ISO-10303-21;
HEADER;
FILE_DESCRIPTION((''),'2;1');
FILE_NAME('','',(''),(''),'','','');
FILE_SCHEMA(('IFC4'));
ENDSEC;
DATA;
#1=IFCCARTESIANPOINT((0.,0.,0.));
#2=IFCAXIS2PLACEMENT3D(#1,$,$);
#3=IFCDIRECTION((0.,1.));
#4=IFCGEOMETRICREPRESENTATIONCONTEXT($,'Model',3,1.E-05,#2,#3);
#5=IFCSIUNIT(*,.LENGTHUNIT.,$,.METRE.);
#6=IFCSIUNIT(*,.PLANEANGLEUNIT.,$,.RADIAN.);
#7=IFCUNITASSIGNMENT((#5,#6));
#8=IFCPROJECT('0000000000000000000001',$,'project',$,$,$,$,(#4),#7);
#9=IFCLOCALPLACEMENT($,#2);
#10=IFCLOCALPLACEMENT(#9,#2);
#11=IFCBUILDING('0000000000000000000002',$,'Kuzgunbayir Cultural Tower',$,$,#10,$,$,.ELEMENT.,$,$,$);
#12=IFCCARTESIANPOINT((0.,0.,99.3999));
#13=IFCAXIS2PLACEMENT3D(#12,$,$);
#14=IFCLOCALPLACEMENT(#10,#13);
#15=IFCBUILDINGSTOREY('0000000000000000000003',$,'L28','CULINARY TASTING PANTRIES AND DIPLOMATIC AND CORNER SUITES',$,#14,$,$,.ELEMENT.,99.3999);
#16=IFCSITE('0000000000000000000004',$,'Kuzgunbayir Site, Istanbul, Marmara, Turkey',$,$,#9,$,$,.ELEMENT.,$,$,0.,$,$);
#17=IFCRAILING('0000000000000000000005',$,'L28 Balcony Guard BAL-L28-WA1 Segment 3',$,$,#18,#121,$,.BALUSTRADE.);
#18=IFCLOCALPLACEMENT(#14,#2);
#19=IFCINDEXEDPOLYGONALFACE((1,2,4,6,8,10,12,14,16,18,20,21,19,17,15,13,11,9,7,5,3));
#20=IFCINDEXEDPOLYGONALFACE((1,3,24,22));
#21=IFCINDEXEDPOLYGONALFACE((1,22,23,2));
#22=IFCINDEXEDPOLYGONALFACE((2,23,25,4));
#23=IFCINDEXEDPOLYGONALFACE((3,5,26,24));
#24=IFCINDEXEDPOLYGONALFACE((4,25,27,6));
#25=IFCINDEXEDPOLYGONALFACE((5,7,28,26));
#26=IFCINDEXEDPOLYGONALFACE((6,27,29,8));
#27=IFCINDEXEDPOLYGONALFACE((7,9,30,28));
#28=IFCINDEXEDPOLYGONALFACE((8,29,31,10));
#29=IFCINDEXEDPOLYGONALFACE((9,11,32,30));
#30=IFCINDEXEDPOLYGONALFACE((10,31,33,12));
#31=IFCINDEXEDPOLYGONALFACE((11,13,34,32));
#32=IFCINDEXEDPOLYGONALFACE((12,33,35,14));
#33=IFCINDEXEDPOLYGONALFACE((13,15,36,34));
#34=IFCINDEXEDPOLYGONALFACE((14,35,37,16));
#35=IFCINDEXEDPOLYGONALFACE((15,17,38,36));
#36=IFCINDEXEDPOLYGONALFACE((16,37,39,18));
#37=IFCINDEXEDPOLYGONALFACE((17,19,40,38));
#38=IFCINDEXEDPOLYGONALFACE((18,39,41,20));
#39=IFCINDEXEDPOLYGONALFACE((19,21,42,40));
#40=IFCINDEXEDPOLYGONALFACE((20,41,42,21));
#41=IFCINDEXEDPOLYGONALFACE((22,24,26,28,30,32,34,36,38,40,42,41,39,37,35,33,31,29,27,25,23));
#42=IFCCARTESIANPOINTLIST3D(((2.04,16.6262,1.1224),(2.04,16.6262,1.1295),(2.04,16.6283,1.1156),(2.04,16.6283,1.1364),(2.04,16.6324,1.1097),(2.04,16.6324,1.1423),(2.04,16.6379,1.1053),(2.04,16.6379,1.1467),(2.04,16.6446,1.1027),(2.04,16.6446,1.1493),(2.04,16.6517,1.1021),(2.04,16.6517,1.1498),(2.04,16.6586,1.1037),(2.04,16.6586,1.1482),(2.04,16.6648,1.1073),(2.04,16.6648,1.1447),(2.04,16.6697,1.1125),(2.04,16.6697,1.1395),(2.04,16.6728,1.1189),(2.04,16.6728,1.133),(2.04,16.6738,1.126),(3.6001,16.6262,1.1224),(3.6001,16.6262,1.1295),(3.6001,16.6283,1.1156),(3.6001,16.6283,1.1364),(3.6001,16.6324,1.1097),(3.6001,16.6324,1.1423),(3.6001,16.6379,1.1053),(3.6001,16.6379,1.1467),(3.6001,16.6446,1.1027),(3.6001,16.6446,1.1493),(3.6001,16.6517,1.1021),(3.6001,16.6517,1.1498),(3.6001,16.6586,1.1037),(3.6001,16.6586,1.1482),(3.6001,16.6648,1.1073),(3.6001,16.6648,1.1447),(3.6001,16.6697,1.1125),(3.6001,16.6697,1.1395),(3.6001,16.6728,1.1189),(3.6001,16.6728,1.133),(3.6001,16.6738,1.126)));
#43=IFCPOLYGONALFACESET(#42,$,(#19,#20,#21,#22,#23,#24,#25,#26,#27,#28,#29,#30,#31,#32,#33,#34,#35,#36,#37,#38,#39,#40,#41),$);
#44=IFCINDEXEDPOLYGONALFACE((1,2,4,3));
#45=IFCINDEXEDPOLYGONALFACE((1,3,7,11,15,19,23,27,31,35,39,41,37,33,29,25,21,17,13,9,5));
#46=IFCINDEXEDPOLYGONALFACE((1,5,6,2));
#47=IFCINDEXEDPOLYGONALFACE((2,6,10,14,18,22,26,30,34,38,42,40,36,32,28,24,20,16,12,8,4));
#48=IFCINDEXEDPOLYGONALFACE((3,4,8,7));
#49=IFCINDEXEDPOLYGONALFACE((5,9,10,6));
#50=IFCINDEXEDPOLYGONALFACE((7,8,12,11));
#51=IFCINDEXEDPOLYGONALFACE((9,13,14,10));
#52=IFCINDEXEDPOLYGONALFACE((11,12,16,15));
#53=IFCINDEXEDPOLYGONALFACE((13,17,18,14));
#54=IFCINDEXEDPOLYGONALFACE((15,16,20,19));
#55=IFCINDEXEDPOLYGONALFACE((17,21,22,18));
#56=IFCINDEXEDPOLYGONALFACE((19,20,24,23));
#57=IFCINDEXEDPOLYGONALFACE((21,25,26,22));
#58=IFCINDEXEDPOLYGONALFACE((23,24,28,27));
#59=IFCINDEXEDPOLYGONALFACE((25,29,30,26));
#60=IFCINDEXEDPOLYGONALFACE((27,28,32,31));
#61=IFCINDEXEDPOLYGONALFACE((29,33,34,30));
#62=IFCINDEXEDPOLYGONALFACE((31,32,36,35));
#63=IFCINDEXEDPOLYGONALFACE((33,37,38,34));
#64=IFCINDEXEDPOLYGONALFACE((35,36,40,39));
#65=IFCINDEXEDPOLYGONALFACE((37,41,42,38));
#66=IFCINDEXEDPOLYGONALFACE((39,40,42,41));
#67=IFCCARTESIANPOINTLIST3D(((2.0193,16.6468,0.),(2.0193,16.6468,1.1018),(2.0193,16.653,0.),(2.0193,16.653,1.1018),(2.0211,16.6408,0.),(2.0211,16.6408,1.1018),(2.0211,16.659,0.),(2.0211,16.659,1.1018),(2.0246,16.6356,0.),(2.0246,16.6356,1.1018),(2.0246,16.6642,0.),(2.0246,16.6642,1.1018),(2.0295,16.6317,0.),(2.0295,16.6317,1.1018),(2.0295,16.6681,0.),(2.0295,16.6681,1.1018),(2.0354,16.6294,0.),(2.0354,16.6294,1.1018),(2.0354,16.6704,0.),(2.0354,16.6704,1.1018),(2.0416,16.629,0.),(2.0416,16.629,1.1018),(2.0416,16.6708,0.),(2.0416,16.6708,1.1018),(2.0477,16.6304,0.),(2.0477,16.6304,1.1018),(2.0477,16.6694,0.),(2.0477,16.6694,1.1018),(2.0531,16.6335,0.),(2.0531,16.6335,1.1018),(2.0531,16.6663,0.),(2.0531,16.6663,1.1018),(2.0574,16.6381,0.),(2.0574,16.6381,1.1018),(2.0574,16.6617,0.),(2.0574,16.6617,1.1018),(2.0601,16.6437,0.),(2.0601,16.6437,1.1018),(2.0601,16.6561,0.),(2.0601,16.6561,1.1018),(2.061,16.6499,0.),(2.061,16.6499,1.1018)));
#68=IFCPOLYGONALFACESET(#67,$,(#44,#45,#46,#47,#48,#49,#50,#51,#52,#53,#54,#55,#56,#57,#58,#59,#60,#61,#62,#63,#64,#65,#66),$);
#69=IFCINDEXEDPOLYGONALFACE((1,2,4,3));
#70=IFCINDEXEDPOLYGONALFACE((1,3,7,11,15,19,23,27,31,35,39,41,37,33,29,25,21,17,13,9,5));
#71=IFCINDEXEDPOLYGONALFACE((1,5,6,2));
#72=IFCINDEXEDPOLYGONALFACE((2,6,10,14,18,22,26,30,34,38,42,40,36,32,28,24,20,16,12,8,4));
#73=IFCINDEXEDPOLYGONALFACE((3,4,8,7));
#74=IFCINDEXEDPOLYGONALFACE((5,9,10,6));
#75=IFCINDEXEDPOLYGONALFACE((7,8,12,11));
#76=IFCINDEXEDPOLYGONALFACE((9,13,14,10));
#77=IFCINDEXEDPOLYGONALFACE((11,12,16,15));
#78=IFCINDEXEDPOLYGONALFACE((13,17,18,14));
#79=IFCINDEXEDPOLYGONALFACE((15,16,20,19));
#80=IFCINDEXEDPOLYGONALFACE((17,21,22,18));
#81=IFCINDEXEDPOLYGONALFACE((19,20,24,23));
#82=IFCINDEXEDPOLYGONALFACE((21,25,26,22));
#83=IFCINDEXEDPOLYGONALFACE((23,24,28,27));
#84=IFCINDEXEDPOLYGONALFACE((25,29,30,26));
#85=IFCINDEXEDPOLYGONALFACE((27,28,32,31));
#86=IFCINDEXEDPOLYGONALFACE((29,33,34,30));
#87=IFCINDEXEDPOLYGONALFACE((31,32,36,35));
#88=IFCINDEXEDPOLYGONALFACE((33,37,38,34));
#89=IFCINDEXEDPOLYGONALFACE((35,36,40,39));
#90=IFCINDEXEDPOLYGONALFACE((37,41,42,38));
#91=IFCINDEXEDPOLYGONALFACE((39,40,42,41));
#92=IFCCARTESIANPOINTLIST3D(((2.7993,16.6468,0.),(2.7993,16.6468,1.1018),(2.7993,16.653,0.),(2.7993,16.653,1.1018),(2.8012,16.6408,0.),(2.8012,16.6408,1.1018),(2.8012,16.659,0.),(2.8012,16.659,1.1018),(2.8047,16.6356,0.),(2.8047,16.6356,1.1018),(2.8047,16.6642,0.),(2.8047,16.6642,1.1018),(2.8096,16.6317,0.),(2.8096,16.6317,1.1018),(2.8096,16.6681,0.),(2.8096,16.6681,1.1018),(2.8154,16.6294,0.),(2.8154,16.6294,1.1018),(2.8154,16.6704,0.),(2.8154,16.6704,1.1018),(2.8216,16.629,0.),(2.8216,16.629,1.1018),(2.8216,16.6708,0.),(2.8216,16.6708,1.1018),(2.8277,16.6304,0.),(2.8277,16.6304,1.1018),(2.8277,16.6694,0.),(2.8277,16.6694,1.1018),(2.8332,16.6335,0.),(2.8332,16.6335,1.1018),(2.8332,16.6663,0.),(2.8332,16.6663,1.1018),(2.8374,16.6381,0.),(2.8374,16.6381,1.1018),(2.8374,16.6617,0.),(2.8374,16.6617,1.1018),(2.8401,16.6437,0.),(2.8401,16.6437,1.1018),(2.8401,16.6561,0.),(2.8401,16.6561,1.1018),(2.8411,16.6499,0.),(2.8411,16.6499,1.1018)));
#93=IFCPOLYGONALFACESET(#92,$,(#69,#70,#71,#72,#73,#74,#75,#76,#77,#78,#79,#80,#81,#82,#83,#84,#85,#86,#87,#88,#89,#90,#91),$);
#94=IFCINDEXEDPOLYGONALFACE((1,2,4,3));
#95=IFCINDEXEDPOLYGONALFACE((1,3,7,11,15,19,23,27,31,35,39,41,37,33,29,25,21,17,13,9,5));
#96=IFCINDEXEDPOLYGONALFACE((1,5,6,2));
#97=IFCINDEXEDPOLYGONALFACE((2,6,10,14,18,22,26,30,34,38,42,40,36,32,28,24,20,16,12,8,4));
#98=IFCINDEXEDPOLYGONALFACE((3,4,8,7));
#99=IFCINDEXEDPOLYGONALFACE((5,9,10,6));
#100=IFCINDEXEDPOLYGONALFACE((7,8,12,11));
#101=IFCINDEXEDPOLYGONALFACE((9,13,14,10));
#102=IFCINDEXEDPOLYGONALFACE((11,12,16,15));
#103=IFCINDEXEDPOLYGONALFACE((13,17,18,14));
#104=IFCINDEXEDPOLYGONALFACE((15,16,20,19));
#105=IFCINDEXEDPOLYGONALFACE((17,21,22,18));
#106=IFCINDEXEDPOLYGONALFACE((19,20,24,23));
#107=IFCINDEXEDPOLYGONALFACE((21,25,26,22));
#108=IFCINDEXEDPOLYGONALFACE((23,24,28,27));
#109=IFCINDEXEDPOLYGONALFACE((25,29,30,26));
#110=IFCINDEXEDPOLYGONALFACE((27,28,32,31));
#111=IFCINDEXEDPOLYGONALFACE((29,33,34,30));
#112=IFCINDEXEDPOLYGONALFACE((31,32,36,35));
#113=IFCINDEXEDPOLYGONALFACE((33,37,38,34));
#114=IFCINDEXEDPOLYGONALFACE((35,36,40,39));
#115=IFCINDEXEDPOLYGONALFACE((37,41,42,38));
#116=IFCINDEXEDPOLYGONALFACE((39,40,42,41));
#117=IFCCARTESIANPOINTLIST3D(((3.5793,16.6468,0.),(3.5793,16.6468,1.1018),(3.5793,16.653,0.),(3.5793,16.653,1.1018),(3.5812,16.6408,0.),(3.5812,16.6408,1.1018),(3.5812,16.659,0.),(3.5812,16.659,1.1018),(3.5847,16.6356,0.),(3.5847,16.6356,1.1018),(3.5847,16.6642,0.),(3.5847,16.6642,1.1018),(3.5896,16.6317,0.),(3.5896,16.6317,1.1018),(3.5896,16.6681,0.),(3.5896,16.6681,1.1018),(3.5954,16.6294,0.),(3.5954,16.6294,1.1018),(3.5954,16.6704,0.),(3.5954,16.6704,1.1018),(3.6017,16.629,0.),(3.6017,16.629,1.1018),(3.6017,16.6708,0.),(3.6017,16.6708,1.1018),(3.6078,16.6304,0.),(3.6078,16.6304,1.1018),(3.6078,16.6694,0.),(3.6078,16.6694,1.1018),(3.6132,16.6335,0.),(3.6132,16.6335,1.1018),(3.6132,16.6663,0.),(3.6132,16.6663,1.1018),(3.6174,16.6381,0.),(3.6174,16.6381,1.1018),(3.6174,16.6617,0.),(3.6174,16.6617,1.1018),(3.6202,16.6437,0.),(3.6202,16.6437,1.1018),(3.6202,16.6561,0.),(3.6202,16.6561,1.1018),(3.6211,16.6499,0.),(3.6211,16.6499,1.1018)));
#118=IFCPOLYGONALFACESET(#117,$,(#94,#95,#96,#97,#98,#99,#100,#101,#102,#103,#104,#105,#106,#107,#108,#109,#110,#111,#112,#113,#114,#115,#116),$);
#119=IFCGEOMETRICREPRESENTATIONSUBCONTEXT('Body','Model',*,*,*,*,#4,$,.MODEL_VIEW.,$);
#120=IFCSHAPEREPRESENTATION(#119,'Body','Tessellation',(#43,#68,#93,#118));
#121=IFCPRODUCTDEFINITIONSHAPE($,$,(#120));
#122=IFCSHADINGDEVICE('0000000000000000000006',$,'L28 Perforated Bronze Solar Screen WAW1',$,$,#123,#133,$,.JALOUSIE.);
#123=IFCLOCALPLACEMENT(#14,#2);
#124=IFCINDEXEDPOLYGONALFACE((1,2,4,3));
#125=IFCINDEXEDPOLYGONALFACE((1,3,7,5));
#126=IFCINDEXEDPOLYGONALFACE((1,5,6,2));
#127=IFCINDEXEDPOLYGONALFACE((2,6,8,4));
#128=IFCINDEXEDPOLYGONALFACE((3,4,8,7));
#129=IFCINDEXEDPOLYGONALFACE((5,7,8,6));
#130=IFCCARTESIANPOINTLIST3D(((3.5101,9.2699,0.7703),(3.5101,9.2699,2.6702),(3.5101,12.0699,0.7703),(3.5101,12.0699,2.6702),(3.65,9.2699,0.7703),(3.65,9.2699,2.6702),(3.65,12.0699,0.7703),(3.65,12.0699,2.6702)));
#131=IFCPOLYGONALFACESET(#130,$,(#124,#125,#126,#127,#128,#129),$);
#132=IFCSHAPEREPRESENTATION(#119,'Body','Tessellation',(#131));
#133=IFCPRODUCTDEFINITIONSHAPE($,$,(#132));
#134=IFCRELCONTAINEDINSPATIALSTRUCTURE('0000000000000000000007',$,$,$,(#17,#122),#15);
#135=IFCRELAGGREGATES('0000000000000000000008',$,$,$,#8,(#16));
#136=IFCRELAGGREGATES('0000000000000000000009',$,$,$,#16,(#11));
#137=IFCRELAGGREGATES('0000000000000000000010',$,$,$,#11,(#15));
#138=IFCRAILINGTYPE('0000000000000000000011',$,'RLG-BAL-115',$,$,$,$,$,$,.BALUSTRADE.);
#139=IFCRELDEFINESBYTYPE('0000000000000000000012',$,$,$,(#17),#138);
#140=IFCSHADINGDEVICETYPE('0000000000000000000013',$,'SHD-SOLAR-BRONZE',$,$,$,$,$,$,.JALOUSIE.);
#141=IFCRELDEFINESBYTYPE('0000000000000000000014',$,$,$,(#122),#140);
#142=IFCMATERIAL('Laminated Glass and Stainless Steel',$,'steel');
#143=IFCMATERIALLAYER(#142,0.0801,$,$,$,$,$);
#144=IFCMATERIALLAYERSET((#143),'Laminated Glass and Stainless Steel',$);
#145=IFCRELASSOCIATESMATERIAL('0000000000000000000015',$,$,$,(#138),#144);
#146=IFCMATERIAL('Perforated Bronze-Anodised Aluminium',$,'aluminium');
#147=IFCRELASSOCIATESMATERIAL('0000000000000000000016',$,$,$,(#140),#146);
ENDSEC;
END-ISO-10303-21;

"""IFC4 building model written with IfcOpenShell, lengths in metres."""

from ifc_helpers import new_model, si_unit, direction, frame, origin, origin_2d, place, context, subcontext, project, spatial, rectangle, circle, extrude, material, layer, layer_set, type_object, element, save


model = new_model("IFC4")

# Units and contexts
model_context = context("Model", 3, precision=1e-05, world=origin(), true_north=direction((0.0, 1.0)))
body_context = subcontext(model_context, "Body", "Model", "MODEL_VIEW")
ifc_project = project(units=[si_unit("LENGTHUNIT", "METRE"), si_unit("PLANEANGLEUNIT", "RADIAN")], contexts=[model_context])

# Site, building, storey
site_placement = place(None, origin())
site = spatial("IfcSite", under=ifc_project, at=site_placement, Name="Kuzgunbayir Site, Istanbul, Marmara, Turkey", CompositionType="ELEMENT", RefElevation=0.0)
building_placement = place(site_placement, origin())
building = spatial("IfcBuilding", under=site, at=building_placement, Name="Kuzgunbayir Cultural Tower", CompositionType="ELEMENT")
storey_placement = place(building_placement, frame((0.0, 0.0, 99.3999)))
storey = spatial("IfcBuildingStorey", under=building, at=storey_placement, Name="L28", Description="CULINARY TASTING PANTRIES AND DIPLOMATIC AND CORNER SUITES", CompositionType="ELEMENT", Elevation=99.3999)

# Railing
ifc_material_1 = material(Name="Laminated Glass and Stainless Steel", Category="steel")
ifc_layer_1 = layer(ifc_material_1, 0.0801)
ifc_layer_set_1 = layer_set([ifc_layer_1], Name="Laminated Glass and Stainless Steel")
railing_type = type_object("IfcRailingType", Name="RLG-BAL-115", PredefinedType="BALUSTRADE", material=ifc_layer_set_1)
railing_1_placement = place(storey_placement, frame((2.04, 16.6499, 0.0)))
element("IfcRailing", 1, at=railing_1_placement, inside=storey, type_object=railing_type, Name="L28 Balcony Guard BAL-L28-WA1 Segment 3", PredefinedType="BALUSTRADE", context=body_context, shape_type="SweptSolid", body=[
    extrude(circle(Radius=0.0239, at=origin_2d()), frame((0.0, 0.0, 1.126), z_axis=(1.0, 0.0, 0.0), x_axis=(0.0, 1.0, 0.0)), (0.0, 0.0, 1.0), 1.5601),
    extrude(circle(Radius=0.021, at=origin_2d()), origin(), (0.0, 0.0, 1.0), 1.1018),
    extrude(circle(Radius=0.021, at=origin_2d()), frame((0.78, 0.0, 0.0)), (0.0, 0.0, 1.0), 1.1018),
    extrude(circle(Radius=0.021, at=origin_2d()), frame((1.5601, 0.0, 0.0)), (0.0, 0.0, 1.0), 1.1018),
])

# Shading device
ifc_material_2 = material(Name="Perforated Bronze-Anodised Aluminium", Category="aluminium")
shading_device_type = type_object("IfcShadingDeviceType", Name="SHD-SOLAR-BRONZE", PredefinedType="JALOUSIE", material=ifc_material_2)
shading_device_placement = place(storey_placement, frame((3.5801, 10.6699, 0.7703), z_axis=(0.0, 0.0, 1.0), x_axis=(1.0, 0.0, 0.0)))
element("IfcShadingDevice", 2, at=shading_device_placement, inside=storey, type_object=shading_device_type, Name="L28 Perforated Bronze Solar Screen WAW1", PredefinedType="JALOUSIE", context=body_context, shape_type="SweptSolid", body=[
    extrude(rectangle(XDim=0.1399, YDim=2.8, at=origin_2d()), origin(), (0.0, 0.0, 1.0), 1.8999),
])

save(model, "model.ifc")
